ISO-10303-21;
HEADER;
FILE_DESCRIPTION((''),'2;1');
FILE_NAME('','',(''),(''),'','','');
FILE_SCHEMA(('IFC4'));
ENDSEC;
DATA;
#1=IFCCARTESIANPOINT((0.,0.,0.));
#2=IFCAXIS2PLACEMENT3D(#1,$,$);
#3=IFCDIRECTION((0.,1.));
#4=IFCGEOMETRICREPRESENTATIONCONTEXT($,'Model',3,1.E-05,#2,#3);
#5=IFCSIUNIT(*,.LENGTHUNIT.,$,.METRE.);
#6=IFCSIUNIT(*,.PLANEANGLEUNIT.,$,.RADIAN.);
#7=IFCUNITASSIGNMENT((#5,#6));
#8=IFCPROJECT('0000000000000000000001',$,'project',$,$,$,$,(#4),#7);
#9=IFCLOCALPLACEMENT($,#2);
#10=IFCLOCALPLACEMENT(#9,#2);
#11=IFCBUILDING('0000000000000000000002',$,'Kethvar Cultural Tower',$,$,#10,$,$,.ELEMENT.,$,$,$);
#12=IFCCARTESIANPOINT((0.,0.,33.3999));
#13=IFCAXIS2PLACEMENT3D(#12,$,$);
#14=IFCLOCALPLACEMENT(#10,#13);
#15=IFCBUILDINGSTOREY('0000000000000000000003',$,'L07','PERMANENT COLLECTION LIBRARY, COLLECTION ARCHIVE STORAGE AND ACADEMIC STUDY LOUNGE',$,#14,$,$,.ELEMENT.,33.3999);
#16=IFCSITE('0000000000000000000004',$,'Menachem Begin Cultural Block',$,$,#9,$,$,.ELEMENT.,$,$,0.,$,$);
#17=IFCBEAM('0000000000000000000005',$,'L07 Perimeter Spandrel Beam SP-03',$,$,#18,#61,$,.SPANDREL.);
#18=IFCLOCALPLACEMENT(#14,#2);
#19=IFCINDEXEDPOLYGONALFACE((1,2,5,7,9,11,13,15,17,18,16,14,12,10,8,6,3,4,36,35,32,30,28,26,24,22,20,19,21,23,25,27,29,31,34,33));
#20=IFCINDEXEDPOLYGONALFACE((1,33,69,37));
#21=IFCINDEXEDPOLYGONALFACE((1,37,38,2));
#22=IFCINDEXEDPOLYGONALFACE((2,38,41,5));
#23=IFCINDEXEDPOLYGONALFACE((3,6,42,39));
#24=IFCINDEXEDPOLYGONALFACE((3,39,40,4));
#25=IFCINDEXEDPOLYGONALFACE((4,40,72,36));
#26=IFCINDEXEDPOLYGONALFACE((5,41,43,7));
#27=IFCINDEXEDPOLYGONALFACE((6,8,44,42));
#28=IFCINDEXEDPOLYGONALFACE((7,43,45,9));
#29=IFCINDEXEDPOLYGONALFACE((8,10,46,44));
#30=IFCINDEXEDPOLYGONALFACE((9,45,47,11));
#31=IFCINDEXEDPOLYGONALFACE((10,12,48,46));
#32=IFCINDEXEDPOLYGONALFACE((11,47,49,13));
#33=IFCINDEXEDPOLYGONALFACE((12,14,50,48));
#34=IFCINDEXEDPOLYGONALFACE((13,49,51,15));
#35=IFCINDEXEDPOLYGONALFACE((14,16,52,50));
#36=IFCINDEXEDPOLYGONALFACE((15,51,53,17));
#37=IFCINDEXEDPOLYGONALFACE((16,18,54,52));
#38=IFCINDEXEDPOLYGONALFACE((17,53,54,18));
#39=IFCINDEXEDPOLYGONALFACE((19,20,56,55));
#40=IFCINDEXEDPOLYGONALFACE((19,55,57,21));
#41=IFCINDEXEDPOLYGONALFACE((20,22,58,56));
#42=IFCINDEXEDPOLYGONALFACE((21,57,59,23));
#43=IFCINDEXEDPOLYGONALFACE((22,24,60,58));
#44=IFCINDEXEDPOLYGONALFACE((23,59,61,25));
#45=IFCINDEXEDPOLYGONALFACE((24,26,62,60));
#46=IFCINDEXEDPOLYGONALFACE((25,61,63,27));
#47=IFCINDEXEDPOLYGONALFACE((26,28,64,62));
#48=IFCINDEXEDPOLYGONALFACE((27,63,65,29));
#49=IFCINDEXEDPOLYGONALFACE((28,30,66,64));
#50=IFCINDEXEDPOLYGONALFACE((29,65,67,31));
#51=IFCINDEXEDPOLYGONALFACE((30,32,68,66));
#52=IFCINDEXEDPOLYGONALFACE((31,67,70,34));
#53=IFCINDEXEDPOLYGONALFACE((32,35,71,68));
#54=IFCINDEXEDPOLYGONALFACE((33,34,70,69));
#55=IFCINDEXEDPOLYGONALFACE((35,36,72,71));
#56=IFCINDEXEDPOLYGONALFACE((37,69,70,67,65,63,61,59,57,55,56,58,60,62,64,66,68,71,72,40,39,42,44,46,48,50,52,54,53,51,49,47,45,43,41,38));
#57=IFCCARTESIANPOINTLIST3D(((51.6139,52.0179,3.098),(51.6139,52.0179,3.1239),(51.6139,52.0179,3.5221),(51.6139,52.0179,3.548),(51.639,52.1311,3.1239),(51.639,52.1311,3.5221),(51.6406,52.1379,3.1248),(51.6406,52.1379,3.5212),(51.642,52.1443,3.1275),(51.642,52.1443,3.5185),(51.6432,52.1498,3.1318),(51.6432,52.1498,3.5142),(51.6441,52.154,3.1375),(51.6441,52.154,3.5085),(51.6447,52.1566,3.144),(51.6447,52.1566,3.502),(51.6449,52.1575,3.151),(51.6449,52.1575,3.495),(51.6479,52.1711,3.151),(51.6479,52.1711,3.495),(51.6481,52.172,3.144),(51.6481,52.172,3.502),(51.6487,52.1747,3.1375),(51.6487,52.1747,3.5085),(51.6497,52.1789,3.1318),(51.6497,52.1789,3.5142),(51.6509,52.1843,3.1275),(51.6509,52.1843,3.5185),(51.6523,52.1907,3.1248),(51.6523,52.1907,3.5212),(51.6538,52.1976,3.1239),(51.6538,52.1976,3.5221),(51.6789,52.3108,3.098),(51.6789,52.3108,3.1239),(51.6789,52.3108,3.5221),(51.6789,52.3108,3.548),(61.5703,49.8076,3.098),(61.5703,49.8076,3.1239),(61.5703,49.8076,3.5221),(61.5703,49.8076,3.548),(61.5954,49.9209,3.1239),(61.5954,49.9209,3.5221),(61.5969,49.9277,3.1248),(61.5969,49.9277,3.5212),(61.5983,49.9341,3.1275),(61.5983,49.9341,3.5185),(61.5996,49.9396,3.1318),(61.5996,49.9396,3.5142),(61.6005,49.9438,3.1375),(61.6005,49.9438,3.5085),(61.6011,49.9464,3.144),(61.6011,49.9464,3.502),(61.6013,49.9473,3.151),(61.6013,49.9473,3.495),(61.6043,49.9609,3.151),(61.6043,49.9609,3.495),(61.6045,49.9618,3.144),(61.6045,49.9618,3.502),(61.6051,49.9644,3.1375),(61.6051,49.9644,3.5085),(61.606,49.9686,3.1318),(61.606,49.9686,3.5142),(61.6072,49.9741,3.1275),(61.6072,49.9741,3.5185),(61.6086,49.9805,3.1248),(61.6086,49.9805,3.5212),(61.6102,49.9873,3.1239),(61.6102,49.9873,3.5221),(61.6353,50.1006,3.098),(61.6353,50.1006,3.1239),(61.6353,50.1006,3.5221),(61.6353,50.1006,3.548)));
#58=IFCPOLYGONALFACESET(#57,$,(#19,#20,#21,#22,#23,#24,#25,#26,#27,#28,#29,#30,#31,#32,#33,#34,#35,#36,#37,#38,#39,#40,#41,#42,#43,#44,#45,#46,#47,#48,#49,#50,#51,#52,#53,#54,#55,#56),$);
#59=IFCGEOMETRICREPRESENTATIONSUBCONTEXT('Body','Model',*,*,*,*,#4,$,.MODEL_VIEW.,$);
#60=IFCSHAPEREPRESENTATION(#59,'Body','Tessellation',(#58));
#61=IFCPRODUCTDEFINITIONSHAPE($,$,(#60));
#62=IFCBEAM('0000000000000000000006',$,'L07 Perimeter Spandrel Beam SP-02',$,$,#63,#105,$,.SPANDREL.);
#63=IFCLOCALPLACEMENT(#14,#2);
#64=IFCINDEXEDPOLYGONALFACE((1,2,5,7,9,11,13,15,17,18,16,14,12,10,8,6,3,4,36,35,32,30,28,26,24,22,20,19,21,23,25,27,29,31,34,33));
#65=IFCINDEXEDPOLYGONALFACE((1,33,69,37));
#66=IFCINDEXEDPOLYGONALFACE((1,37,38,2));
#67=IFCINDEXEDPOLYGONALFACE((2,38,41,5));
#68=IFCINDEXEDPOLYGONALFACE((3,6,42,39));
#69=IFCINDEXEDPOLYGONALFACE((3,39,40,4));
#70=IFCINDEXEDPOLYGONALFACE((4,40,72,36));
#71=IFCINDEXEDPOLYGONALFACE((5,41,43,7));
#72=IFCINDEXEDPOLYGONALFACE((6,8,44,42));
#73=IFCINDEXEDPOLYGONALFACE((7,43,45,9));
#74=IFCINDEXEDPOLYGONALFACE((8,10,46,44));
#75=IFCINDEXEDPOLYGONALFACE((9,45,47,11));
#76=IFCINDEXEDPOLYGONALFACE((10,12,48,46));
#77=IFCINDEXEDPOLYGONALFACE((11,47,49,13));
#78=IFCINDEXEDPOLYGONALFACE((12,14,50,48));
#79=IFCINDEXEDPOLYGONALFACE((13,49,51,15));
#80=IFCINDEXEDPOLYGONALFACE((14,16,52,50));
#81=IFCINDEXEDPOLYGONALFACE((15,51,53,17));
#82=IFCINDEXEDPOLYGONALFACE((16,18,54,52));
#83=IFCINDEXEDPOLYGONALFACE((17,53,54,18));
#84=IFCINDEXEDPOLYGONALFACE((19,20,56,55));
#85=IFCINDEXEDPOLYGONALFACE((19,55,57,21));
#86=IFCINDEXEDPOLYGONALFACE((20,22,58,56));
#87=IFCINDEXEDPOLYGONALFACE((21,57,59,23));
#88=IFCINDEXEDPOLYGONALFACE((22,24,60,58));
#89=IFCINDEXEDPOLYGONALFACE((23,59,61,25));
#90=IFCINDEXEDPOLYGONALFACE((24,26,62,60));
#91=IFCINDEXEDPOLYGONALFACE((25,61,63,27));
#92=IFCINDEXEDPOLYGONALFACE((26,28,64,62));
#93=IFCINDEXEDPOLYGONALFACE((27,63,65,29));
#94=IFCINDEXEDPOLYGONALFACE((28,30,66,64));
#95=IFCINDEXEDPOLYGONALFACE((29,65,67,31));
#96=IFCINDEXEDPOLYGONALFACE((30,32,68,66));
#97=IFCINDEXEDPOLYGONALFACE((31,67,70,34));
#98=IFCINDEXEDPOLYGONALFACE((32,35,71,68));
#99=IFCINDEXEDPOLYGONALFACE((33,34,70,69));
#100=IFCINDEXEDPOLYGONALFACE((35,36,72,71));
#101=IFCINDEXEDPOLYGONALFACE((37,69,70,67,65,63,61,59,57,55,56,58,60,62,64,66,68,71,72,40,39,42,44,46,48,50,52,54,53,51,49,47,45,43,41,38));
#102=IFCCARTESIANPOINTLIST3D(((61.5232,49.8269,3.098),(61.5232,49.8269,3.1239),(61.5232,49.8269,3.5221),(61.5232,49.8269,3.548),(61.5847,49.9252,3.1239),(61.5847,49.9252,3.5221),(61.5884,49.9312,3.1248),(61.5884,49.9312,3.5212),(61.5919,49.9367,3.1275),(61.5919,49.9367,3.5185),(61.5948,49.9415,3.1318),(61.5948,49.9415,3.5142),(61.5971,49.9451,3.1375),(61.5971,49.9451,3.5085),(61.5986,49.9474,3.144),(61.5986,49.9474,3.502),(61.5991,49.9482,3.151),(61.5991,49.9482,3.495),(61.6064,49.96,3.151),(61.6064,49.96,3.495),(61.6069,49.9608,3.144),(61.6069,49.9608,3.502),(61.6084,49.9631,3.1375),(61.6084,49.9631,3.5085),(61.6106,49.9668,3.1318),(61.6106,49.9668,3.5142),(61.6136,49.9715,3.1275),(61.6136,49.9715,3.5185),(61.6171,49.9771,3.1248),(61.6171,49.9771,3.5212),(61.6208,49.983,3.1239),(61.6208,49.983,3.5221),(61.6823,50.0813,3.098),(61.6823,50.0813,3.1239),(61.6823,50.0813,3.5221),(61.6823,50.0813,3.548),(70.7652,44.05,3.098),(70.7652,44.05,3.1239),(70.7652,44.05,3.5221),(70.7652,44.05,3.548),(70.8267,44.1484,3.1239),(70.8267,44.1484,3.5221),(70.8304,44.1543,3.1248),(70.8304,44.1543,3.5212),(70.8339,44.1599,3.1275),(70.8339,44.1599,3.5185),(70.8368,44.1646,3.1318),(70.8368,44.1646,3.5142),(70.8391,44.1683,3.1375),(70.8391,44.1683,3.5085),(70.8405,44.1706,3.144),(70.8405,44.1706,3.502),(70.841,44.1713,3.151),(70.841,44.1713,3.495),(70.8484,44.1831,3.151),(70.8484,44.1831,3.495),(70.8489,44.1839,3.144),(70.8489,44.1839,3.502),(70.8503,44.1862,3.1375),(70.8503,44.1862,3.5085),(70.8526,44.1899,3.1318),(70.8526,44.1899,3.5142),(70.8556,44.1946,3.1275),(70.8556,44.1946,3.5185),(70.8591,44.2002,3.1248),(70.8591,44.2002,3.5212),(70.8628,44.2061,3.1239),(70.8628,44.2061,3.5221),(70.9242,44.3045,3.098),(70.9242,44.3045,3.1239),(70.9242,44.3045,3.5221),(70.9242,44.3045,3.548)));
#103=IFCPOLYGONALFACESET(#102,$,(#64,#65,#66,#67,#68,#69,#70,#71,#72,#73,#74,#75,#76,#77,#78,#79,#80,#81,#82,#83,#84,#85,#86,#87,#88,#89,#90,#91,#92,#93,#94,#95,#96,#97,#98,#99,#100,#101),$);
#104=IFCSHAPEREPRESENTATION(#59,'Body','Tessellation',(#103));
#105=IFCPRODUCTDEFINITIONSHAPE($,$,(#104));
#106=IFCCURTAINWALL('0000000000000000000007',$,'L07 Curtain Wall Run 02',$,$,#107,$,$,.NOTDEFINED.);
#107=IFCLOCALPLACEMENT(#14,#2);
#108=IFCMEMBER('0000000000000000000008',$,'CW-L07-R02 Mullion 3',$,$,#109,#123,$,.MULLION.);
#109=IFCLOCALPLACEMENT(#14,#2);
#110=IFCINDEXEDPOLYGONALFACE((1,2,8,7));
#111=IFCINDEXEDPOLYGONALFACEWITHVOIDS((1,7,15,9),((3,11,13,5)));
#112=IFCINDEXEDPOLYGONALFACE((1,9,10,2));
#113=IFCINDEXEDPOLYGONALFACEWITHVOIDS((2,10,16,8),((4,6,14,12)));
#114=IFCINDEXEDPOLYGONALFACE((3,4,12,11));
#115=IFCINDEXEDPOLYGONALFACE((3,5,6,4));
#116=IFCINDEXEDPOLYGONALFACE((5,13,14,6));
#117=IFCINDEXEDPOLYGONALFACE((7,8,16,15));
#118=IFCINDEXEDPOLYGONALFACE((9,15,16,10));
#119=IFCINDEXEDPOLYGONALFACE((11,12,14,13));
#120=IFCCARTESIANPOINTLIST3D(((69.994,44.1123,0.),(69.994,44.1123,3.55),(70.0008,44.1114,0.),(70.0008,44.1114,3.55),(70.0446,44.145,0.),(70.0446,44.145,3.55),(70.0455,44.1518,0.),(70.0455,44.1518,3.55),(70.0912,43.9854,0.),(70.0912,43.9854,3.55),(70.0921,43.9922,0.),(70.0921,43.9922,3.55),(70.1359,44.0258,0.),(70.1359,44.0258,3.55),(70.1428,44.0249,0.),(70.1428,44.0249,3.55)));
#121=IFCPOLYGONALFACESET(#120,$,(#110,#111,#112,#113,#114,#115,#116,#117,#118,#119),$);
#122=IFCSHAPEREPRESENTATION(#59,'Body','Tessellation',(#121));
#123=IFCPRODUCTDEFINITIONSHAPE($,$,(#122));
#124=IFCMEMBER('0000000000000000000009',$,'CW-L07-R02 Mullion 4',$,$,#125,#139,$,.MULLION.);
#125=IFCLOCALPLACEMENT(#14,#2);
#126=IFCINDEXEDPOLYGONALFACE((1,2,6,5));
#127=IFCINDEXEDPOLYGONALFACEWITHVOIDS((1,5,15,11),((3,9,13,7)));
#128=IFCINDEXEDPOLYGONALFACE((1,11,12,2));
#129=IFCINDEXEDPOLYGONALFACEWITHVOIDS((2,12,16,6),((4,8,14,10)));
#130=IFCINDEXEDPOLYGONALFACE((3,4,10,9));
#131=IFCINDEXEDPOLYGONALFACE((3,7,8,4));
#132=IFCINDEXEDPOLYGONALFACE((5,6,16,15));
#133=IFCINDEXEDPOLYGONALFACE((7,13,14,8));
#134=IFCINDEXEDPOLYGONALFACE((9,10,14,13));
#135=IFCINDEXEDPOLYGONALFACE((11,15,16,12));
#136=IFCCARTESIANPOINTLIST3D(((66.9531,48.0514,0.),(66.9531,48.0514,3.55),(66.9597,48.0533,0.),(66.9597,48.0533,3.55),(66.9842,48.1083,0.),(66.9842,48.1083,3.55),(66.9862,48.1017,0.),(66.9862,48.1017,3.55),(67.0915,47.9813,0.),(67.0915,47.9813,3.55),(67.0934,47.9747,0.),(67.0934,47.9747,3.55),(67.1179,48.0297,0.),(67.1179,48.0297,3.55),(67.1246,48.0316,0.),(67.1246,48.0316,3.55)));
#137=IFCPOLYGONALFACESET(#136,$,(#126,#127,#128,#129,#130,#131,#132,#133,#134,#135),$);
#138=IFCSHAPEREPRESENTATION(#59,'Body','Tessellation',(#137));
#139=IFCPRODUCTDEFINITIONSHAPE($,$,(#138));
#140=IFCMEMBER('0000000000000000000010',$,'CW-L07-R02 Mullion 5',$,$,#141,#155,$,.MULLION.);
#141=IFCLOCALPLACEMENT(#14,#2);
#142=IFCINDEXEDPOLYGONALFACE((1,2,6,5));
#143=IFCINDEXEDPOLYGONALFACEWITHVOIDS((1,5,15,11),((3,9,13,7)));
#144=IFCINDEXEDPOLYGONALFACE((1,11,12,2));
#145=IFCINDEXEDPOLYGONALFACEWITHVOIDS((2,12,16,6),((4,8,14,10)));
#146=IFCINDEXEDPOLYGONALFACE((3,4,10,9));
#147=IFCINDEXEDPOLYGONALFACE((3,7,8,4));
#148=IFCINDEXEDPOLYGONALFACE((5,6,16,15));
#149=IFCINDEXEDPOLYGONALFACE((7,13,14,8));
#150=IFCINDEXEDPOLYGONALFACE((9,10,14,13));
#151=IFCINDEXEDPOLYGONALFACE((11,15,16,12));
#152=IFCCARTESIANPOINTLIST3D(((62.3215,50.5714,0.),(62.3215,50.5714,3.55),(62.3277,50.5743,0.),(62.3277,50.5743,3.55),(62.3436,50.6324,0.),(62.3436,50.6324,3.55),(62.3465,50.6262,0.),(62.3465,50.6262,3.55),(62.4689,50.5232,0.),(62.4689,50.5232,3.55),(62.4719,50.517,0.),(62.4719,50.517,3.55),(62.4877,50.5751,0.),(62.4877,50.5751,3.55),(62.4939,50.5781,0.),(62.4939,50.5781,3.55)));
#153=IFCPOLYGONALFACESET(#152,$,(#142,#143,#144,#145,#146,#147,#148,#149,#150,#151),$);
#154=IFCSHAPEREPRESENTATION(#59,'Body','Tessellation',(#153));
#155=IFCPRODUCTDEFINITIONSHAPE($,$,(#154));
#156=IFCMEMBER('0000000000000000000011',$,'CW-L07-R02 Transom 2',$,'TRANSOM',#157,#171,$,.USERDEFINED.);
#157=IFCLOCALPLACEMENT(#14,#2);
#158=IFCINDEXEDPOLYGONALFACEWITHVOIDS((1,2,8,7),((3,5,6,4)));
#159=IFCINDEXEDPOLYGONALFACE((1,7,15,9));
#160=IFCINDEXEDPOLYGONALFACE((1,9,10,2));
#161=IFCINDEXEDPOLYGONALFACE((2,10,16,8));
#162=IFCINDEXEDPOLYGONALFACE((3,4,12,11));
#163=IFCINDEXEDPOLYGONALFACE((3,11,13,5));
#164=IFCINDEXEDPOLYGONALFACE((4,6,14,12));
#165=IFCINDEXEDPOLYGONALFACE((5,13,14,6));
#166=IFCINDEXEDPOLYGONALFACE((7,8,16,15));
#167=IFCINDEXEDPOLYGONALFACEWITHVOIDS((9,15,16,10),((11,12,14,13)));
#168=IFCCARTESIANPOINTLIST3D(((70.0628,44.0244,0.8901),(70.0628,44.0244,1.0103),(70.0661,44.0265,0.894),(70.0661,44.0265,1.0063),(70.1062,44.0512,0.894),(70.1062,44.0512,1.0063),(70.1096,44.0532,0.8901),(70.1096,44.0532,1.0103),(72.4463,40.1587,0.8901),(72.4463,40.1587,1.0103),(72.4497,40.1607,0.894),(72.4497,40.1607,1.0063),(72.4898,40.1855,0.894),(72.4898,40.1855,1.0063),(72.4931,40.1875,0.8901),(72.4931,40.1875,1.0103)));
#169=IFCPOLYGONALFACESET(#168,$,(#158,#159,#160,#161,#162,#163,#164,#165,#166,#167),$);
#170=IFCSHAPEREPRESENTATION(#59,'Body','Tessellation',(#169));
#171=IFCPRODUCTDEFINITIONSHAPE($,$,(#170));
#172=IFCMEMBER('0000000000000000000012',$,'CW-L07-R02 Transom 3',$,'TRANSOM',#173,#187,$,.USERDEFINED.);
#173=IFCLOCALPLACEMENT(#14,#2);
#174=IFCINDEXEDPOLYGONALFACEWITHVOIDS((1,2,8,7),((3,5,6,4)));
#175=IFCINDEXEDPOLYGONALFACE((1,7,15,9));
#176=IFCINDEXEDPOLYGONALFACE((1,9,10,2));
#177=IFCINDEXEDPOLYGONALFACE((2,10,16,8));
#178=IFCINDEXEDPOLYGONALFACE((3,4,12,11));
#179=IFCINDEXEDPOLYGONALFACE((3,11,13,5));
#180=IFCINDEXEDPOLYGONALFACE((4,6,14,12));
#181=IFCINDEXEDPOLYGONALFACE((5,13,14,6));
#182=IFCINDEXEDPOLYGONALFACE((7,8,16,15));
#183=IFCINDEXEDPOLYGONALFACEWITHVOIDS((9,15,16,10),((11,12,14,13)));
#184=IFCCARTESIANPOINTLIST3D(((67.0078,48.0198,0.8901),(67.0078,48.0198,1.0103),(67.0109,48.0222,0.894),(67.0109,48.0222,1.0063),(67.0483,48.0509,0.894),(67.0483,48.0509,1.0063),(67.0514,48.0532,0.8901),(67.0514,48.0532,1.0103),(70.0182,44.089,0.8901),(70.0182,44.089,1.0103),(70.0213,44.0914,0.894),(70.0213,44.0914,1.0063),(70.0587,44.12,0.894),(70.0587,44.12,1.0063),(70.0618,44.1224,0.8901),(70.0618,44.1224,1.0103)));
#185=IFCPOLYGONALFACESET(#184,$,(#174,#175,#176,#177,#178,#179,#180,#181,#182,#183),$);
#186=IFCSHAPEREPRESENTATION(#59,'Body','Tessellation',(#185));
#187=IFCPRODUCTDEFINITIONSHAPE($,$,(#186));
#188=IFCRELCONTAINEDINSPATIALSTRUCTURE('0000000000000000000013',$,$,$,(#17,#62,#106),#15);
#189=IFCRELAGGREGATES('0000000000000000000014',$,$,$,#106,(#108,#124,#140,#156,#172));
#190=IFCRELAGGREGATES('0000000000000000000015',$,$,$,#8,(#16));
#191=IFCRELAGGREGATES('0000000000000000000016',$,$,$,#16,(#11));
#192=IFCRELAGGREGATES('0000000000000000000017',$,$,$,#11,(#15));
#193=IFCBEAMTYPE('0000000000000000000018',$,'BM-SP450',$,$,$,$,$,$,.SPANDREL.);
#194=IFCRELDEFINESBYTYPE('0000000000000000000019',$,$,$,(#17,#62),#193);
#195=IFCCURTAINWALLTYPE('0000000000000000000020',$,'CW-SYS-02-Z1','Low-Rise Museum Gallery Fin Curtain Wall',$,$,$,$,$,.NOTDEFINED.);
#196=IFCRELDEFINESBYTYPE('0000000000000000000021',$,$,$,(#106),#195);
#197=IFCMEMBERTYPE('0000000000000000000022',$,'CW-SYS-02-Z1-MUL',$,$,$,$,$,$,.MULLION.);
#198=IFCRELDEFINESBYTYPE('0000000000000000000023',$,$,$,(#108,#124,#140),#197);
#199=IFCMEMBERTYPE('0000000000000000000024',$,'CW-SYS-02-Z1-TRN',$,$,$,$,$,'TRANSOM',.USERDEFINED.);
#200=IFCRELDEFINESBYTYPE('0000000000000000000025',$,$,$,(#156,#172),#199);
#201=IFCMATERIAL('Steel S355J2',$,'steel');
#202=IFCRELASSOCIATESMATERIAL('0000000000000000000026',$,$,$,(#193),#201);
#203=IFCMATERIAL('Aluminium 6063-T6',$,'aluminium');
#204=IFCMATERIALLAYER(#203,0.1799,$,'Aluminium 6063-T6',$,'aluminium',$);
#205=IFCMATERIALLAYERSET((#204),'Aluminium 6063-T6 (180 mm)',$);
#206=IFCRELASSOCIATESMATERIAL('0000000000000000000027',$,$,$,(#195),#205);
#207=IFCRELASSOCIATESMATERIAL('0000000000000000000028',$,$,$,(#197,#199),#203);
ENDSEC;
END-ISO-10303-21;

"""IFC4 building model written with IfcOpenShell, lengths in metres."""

from ifc_helpers import new_model, si_unit, direction, frame, origin, origin_2d, place, context, subcontext, project, spatial, hollow_rectangle, i_section, extrude, source, transform, mapped, material, layer, layer_set, material_profile, profile_set, type_object, element, aggregate, save


model = new_model("IFC4")

# Units and contexts
model_context = context("Model", 3, precision=1e-05, world=origin(), true_north=direction((0.0, 1.0)))
body_context = subcontext(model_context, "Body", "Model", "MODEL_VIEW")
ifc_project = project(units=[si_unit("LENGTHUNIT", "METRE"), si_unit("PLANEANGLEUNIT", "RADIAN")], contexts=[model_context])

# Site, building, storey
site_placement = place(None, origin())
site = spatial("IfcSite", under=ifc_project, at=site_placement, Name="Menachem Begin Cultural Block", CompositionType="ELEMENT", RefElevation=0.0)
building_placement = place(site_placement, origin())
building = spatial("IfcBuilding", under=site, at=building_placement, Name="Kethvar Cultural Tower", CompositionType="ELEMENT")
storey_placement = place(building_placement, frame((0.0, 0.0, 33.3999)))
storey = spatial("IfcBuildingStorey", under=building, at=storey_placement, Name="L07", Description="PERMANENT COLLECTION LIBRARY, COLLECTION ARCHIVE STORAGE AND ACADEMIC STUDY LOUNGE", CompositionType="ELEMENT", Elevation=33.3999)

# Beams
ifc_material_1 = material(Name="Steel S355J2", Category="steel")
ifc_material_profile_1 = material_profile(ifc_material_1, i_section(OverallWidth=0.3, OverallDepth=0.45, WebThickness=0.0139, FlangeThickness=0.0259, FilletRadius=0.0271, at=origin_2d()), Name="Steel S355J2 — HEB450")
ifc_profile_set_1 = profile_set([ifc_material_profile_1], Name="Steel S355J2 — HEB450")
beam_type_1 = type_object("IfcBeamType", Name="BM-SP450", PredefinedType="SPANDREL", material=ifc_profile_set_1)
shared_shape_1 = source(origin(), body_context, "Body", "SweptSolid", [
    extrude(i_section(OverallWidth=0.3, OverallDepth=0.45, WebThickness=0.0139, FlangeThickness=0.0259, FilletRadius=0.0271, at=origin_2d()), origin(), (0.0, 0.0, 1.0), 10.1987),
])
beam_1_placement = place(storey_placement, frame((61.6028, 49.9541, 3.323), z_axis=(-0.976235, 0.216715, 0.0), x_axis=(-0.216715, -0.976235, 0.0)))
element("IfcBeam", 1, at=beam_1_placement, inside=storey, type_object=beam_type_1, Name="L07 Perimeter Spandrel Beam SP-03", PredefinedType="SPANDREL", context=body_context, shape_type="MappedRepresentation", body=[
    mapped(shared_shape_1, transform((0.0, 0.0, 0.0), scale=1.0)),
])
shared_shape_2 = source(origin(), body_context, "Body", "SweptSolid", [
    extrude(i_section(OverallWidth=0.3, OverallDepth=0.45, WebThickness=0.0139, FlangeThickness=0.0259, FilletRadius=0.0271, at=origin_2d()), origin(), (0.0, 0.0, 1.0), 10.8989),
])
beam_2_placement = place(storey_placement, frame((70.8447, 44.1772, 3.323), z_axis=(-0.847972, 0.530041, 0.0), x_axis=(-0.530041, -0.847972, 0.0)))
element("IfcBeam", 2, at=beam_2_placement, inside=storey, type_object=beam_type_1, Name="L07 Perimeter Spandrel Beam SP-02", PredefinedType="SPANDREL", context=body_context, shape_type="MappedRepresentation", body=[
    mapped(shared_shape_2, transform((0.0, 0.0, 0.0), scale=1.0)),
])

# Curtain wall, members
ifc_material_2 = material(Name="Aluminium 6063-T6", Category="aluminium")
ifc_layer_1 = layer(ifc_material_2, 0.1799, Name="Aluminium 6063-T6", Category="aluminium")
ifc_layer_set_1 = layer_set([ifc_layer_1], Name="Aluminium 6063-T6 (180 mm)")
curtain_wall_type = type_object("IfcCurtainWallType", Name="CW-SYS-02-Z1", Description="Low-Rise Museum Gallery Fin Curtain Wall", PredefinedType="NOTDEFINED", material=ifc_layer_set_1)
curtain_wall_placement = place(storey_placement, origin())
curtain_wall = element("IfcCurtainWall", 3, at=curtain_wall_placement, inside=storey, type_object=curtain_wall_type, Name="L07 Curtain Wall Run 02", PredefinedType="NOTDEFINED")
ifc_material_profile_2 = material_profile(ifc_material_2, hollow_rectangle(XDim=0.0649, YDim=0.1599, WallThickness=0.0049, at=origin_2d()), Name="Aluminium 6063-T6 — RHS160x65x5")
ifc_profile_set_2 = profile_set([ifc_material_profile_2], Name="Aluminium 6063-T6 — RHS160x65x5")
member_type_1 = type_object("IfcMemberType", Name="CW-SYS-02-Z1-MUL", PredefinedType="MULLION", material=ifc_profile_set_2)
shared_shape_3 = source(origin(), body_context, "Body", "SweptSolid", [
    extrude(hollow_rectangle(XDim=0.0649, YDim=0.1599, WallThickness=0.0049, at=origin_2d()), origin(), (0.0, 0.0, 1.0), 3.55),
])
member_1_placement = place(storey_placement, frame((70.0684, 44.0686, 0.0), z_axis=(0.0, 0.0, 1.0), x_axis=(-0.793916, -0.608027, 0.0)))
member_1 = element("IfcMember", 4, at=member_1_placement, type_object=member_type_1, Name="CW-L07-R02 Mullion 3", PredefinedType="MULLION", context=body_context, shape_type="MappedRepresentation", body=[
    mapped(shared_shape_3, transform((0.0, 0.0, 0.0), scale=1.0)),
])
member_2_placement = place(storey_placement, frame((67.0388, 48.0415, 0.0), z_axis=(0.0, 0.0, 1.0), x_axis=(-0.479688, -0.877439, 0.0)))
member_2 = element("IfcMember", 5, at=member_2_placement, type_object=member_type_1, Name="CW-L07-R02 Mullion 4", PredefinedType="MULLION", context=body_context, shape_type="MappedRepresentation", body=[
    mapped(shared_shape_3, transform((0.0, 0.0, 0.0), scale=1.0)),
])
member_3_placement = place(storey_placement, frame((62.4077, 50.5747, 0.0), z_axis=(0.0, 0.0, 1.0), x_axis=(-0.340002, -0.940425, 0.0)))
member_3 = element("IfcMember", 6, at=member_3_placement, type_object=member_type_1, Name="CW-L07-R02 Mullion 5", PredefinedType="MULLION", context=body_context, shape_type="MappedRepresentation", body=[
    mapped(shared_shape_3, transform((0.0, 0.0, 0.0), scale=1.0)),
])
ifc_material_profile_3 = material_profile(ifc_material_2, hollow_rectangle(XDim=0.0549, YDim=0.1201, WallThickness=0.0039, at=origin_2d()), Name="Aluminium 6063-T6 — RHS120x55x4")
ifc_profile_set_3 = profile_set([ifc_material_profile_3], Name="Aluminium 6063-T6 — RHS120x55x4")
member_type_2 = type_object("IfcMemberType", Name="CW-SYS-02-Z1-TRN", ElementType="TRANSOM", PredefinedType="USERDEFINED", material=ifc_profile_set_3)
shared_shape_4 = source(origin(), body_context, "Body", "SweptSolid", [
    extrude(hollow_rectangle(XDim=0.0549, YDim=0.1201, WallThickness=0.0039, at=origin_2d()), origin(), (0.0, 0.0, 1.0), 4.5415),
])
member_4_placement = place(storey_placement, frame((72.4697, 40.1731, 0.9502), z_axis=(-0.524838, 0.851202, 0.0), x_axis=(-0.851202, -0.524838, 0.0)))
member_4 = element("IfcMember", 7, at=member_4_placement, type_object=member_type_2, Name="CW-L07-R02 Transom 2", ObjectType="TRANSOM", PredefinedType="USERDEFINED", context=body_context, shape_type="MappedRepresentation", body=[
    mapped(shared_shape_4, transform((0.0, 0.0, 0.0), scale=1.0)),
])
shared_shape_5 = source(origin(), body_context, "Body", "SweptSolid", [
    extrude(hollow_rectangle(XDim=0.0549, YDim=0.1201, WallThickness=0.0039, at=origin_2d()), origin(), (0.0, 0.0, 1.0), 4.9512),
])
member_5_placement = place(storey_placement, frame((70.04, 44.1057, 0.9502), z_axis=(-0.608025, 0.793918, 0.0), x_axis=(-0.793918, -0.608025, 0.0)))
member_5 = element("IfcMember", 8, at=member_5_placement, type_object=member_type_2, Name="CW-L07-R02 Transom 3", ObjectType="TRANSOM", PredefinedType="USERDEFINED", context=body_context, shape_type="MappedRepresentation", body=[
    mapped(shared_shape_5, transform((0.0, 0.0, 0.0), scale=1.0)),
])
aggregate(curtain_wall, [member_1, member_2, member_3, member_4, member_5])

save(model, "model.ifc")
